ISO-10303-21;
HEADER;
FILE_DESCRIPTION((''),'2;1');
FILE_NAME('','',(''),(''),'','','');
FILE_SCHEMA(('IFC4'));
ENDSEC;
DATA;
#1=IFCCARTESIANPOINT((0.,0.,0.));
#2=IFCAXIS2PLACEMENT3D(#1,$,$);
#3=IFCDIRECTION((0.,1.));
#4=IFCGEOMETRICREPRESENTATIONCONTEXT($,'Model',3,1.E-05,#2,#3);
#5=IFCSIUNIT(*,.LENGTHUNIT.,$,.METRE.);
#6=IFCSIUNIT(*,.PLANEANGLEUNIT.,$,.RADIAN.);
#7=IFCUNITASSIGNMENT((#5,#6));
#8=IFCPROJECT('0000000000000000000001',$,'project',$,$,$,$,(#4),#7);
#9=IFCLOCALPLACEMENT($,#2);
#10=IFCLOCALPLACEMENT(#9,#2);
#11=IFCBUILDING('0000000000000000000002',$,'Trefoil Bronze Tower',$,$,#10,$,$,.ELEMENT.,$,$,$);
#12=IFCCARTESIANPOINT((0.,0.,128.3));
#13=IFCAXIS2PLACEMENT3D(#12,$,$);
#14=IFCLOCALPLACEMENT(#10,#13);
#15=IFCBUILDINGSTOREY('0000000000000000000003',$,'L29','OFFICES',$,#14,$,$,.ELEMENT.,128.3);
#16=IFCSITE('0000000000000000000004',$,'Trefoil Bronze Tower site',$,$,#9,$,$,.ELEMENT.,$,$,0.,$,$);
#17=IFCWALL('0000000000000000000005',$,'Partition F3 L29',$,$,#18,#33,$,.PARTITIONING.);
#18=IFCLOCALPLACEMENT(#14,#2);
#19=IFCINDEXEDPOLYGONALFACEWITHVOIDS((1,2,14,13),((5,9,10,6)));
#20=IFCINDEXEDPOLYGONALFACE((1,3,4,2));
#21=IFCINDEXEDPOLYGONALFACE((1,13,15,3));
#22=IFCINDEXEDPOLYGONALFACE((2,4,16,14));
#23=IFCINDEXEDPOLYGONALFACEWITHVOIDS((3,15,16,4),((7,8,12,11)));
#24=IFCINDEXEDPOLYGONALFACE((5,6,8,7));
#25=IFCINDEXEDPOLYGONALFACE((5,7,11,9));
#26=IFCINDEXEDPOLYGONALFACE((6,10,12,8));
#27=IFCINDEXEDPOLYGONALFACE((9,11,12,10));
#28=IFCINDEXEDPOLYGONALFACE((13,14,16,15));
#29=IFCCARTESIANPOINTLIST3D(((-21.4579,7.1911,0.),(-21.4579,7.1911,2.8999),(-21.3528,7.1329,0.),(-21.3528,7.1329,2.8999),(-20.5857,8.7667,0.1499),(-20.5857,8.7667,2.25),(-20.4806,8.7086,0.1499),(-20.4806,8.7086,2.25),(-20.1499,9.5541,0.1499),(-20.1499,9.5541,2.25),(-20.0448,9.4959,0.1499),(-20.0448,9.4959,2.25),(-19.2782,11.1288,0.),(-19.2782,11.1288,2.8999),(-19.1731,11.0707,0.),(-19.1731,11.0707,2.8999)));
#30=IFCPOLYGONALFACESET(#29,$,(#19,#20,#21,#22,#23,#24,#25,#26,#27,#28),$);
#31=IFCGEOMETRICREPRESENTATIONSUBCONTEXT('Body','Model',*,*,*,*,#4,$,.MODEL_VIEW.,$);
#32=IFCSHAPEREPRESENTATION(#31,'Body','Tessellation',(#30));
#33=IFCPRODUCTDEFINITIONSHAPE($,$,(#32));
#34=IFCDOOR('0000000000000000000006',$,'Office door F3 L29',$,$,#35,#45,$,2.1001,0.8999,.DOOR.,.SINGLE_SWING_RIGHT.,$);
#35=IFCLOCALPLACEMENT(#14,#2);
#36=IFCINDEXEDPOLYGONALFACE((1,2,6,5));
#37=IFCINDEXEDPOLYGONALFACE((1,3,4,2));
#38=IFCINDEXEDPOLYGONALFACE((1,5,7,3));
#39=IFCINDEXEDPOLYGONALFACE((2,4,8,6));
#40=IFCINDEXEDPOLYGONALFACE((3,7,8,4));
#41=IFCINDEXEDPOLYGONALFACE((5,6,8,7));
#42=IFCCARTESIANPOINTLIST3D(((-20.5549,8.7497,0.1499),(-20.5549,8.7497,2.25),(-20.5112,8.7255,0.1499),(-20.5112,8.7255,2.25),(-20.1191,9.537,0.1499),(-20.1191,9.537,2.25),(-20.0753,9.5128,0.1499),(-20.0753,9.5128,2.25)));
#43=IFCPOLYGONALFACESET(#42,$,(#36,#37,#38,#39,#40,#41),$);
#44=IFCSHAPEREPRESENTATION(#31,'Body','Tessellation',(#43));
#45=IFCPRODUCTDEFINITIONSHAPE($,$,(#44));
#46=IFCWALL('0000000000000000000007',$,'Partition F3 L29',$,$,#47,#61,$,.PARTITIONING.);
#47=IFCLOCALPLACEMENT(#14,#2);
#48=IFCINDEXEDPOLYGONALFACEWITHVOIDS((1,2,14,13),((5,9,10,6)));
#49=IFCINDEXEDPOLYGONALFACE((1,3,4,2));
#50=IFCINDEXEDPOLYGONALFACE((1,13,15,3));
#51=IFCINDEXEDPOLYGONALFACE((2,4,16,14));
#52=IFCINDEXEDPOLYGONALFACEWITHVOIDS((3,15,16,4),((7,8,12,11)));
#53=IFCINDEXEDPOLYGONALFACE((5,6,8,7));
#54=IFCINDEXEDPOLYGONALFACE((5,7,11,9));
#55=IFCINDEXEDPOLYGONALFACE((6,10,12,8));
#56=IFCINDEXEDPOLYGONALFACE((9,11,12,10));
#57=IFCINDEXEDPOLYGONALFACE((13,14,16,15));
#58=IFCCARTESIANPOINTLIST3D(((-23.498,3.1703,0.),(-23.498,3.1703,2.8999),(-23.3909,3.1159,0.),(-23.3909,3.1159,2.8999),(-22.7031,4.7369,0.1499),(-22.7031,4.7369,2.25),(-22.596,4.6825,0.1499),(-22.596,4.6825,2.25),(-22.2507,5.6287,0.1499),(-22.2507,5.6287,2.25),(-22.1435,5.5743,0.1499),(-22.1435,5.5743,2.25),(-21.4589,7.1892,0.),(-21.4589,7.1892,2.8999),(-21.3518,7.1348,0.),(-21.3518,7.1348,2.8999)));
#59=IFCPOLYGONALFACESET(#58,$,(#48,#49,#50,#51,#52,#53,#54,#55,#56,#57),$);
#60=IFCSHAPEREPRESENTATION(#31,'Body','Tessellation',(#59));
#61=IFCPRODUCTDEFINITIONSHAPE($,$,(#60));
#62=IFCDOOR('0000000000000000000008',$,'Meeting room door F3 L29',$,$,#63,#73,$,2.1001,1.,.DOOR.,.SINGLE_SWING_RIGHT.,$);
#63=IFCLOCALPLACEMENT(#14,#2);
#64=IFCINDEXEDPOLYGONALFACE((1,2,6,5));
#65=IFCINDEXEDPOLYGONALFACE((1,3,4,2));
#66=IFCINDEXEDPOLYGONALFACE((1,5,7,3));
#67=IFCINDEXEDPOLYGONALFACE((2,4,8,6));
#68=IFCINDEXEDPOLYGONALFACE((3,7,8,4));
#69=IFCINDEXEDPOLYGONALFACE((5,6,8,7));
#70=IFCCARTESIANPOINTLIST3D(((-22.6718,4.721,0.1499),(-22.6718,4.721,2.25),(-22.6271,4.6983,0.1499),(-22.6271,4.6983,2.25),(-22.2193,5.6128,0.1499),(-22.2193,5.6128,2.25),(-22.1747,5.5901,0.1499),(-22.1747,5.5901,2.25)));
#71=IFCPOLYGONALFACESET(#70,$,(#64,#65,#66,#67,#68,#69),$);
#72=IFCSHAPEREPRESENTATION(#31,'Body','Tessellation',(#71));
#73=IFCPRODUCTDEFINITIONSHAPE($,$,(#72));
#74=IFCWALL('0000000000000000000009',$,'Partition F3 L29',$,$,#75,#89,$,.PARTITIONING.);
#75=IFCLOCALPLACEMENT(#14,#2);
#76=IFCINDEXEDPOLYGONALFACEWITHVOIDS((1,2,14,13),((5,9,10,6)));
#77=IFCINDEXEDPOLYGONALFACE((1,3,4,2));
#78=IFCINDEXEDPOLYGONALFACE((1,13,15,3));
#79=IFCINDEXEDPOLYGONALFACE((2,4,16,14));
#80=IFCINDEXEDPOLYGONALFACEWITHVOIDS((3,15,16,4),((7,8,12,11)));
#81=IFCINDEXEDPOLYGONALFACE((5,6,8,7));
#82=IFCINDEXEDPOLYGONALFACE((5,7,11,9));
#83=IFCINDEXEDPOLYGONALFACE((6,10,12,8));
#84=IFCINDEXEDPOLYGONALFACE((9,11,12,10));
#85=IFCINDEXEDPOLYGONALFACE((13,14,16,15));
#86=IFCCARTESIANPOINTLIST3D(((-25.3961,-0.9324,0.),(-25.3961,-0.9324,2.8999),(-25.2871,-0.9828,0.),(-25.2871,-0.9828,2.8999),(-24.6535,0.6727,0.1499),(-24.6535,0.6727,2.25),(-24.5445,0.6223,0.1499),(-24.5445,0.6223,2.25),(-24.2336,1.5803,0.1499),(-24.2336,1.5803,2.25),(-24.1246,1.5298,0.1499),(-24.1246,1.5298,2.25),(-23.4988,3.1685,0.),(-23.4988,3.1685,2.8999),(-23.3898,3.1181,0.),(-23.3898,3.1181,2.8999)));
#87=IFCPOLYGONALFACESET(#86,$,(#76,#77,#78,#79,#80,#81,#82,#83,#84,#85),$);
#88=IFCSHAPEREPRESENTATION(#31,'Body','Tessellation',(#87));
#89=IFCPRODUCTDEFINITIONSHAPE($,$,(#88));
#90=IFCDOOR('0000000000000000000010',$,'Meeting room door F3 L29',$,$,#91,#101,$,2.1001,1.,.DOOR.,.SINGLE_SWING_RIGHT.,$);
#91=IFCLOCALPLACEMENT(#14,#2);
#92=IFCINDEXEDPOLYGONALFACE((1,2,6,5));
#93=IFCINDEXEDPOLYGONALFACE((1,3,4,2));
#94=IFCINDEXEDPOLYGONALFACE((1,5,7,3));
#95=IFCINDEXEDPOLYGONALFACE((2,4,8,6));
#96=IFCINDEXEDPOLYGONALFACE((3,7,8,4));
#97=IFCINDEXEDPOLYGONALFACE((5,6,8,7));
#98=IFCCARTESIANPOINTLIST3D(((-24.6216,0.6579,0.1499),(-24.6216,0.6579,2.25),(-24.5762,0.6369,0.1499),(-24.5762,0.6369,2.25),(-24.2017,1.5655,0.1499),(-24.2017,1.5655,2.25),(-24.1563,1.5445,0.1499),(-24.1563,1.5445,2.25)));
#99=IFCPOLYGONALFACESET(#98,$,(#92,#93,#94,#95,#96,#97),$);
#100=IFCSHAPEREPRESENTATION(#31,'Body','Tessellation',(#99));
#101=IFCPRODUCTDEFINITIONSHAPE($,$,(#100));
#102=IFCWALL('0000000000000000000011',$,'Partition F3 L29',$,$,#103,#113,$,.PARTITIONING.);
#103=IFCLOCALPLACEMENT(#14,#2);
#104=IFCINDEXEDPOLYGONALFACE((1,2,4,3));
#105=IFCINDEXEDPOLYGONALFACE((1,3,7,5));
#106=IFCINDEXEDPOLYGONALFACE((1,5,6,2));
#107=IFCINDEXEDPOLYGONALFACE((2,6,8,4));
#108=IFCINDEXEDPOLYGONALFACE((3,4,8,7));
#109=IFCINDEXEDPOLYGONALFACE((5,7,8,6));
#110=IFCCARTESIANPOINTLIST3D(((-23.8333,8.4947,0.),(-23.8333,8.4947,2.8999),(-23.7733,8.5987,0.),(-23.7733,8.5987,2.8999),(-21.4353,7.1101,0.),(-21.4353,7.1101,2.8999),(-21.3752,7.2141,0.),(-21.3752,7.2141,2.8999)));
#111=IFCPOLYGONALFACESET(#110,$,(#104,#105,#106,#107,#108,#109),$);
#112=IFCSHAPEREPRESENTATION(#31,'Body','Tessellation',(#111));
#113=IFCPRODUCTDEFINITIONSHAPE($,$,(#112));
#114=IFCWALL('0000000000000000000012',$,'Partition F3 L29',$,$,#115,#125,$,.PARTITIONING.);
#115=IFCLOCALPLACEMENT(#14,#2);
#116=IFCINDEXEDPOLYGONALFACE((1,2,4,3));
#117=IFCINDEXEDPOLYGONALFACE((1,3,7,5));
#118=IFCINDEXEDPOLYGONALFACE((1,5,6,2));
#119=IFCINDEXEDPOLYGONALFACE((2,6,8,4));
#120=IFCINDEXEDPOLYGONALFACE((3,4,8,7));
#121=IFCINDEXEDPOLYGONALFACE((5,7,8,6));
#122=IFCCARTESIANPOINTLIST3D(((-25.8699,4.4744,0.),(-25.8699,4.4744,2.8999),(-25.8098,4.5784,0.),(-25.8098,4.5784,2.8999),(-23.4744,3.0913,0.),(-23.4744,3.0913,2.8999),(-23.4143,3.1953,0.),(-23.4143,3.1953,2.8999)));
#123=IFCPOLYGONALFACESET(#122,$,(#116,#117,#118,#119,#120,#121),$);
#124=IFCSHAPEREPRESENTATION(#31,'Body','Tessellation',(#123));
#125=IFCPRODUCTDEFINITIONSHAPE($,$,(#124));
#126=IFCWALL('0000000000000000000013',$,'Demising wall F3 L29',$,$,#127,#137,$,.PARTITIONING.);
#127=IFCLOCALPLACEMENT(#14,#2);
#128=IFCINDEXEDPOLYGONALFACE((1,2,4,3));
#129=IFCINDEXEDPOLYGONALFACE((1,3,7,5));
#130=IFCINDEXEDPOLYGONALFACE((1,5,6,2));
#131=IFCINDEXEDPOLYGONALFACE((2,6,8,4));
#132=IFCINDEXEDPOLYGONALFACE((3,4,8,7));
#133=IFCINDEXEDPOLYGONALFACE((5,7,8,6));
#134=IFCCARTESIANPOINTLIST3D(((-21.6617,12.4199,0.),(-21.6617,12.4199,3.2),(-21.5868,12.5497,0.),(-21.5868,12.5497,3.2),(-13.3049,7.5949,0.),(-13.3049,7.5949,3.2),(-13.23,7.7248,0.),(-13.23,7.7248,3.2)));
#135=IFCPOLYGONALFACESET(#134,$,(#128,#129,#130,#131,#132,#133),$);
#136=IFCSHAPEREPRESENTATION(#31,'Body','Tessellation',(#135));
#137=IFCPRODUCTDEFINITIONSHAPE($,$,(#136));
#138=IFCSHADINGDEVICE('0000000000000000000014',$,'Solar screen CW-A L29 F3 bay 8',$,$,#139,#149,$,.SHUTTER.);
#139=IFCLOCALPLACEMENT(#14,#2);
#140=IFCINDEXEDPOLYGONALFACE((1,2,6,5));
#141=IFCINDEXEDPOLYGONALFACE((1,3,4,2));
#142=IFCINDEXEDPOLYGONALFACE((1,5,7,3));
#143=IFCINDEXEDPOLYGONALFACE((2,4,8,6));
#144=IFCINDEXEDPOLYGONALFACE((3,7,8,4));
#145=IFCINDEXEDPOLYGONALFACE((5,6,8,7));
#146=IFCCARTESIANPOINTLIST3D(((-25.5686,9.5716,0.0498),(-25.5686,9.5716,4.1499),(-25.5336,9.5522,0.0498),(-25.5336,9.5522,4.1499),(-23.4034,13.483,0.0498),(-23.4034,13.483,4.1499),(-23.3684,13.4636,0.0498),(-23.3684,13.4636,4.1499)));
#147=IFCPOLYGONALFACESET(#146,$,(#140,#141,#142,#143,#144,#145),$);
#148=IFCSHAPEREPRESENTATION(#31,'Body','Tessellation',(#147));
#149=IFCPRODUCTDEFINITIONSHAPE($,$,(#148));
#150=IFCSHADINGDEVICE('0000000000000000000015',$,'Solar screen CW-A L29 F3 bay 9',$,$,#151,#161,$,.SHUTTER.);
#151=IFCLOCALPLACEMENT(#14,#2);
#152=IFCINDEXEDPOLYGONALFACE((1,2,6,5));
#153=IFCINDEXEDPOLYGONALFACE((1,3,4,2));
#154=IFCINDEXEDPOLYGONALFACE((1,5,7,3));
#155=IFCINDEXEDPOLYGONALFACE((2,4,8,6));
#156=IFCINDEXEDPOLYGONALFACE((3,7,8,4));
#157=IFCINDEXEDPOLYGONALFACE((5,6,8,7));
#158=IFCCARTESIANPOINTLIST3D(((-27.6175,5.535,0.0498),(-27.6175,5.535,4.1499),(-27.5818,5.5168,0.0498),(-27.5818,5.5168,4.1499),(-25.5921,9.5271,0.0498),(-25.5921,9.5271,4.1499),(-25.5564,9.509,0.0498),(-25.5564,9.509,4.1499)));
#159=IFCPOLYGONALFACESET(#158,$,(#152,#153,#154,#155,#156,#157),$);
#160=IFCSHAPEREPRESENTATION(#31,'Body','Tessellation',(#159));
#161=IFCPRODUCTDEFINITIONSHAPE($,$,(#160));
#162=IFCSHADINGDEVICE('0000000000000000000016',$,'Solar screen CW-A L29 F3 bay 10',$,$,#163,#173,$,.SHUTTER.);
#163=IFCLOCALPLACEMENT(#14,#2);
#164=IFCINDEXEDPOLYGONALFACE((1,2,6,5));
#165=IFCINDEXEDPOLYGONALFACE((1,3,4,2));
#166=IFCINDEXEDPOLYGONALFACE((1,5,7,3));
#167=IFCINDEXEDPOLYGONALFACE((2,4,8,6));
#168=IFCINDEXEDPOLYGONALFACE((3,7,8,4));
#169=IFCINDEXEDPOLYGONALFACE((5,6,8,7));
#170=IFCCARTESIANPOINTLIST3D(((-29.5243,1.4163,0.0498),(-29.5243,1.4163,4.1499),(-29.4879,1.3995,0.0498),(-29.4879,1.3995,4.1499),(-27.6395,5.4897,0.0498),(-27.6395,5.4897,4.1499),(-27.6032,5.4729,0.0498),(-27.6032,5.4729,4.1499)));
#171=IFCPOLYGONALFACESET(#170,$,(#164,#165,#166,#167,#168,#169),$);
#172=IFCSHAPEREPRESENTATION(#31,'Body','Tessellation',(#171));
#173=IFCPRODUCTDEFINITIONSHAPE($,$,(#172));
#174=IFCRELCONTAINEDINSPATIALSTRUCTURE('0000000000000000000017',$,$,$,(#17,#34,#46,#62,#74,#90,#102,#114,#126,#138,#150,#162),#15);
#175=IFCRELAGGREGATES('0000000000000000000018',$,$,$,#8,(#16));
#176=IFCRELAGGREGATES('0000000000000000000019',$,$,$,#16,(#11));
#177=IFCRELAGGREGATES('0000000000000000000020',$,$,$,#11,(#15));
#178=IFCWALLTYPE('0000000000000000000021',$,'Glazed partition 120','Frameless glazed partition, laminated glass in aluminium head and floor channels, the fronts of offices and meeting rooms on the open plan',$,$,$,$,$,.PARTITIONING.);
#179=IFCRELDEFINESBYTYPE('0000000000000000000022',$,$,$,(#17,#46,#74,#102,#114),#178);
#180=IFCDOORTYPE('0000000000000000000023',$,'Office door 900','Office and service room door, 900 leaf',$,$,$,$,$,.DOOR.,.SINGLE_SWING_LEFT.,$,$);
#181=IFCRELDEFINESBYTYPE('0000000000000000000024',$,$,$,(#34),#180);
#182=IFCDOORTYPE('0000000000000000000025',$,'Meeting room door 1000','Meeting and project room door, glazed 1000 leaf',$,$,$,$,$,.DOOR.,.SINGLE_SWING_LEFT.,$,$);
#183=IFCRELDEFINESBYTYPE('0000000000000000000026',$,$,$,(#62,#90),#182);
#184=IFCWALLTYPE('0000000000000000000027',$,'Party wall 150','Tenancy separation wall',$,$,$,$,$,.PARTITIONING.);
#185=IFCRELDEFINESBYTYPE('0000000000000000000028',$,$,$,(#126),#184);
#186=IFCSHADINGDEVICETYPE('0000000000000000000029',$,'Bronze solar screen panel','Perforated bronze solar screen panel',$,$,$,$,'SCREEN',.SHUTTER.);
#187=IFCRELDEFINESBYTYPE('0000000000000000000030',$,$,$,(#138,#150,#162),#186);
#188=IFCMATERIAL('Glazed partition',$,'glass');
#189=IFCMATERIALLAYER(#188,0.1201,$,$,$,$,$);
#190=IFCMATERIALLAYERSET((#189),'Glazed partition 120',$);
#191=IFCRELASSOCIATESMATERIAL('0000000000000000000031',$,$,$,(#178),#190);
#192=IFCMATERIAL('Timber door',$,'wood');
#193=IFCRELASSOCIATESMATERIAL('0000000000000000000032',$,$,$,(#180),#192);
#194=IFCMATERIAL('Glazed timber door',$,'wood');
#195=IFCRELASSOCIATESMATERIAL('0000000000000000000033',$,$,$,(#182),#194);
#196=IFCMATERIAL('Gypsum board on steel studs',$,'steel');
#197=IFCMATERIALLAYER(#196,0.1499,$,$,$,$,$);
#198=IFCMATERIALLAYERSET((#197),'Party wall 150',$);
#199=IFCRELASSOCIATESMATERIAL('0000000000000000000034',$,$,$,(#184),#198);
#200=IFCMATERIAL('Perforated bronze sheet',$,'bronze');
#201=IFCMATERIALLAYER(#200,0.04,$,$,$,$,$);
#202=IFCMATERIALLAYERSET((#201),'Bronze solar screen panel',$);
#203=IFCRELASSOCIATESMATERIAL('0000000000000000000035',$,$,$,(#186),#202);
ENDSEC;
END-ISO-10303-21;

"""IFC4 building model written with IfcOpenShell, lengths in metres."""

from ifc_helpers import new_model, si_unit, direction, frame, frame_2d, origin, origin_2d, place, context, subcontext, project, spatial, rectangle, extrude, material, layer, layer_set, type_object, element, fill, save


model = new_model("IFC4")

# Units and contexts
model_context = context("Model", 3, precision=1e-05, world=origin(), true_north=direction((0.0, 1.0)))
body_context = subcontext(model_context, "Body", "Model", "MODEL_VIEW")
ifc_project = project(units=[si_unit("LENGTHUNIT", "METRE"), si_unit("PLANEANGLEUNIT", "RADIAN")], contexts=[model_context])

# Site, building, storey
site_placement = place(None, origin())
site = spatial("IfcSite", under=ifc_project, at=site_placement, Name="Trefoil Bronze Tower site", CompositionType="ELEMENT", RefElevation=0.0)
building_placement = place(site_placement, origin())
building = spatial("IfcBuilding", under=site, at=building_placement, Name="Trefoil Bronze Tower", CompositionType="ELEMENT")
storey_placement = place(building_placement, frame((0.0, 0.0, 128.3)))
storey = spatial("IfcBuildingStorey", under=building, at=storey_placement, Name="L29", Description="OFFICES", CompositionType="ELEMENT", Elevation=128.3)

# Walls, openings, doors
ifc_material_1 = material(Name="Glazed partition", Category="glass")
ifc_layer_1 = layer(ifc_material_1, 0.1201)
ifc_layer_set_1 = layer_set([ifc_layer_1], Name="Glazed partition 120")
wall_type_1 = type_object("IfcWallType", Name="Glazed partition 120", Description="Frameless glazed partition, laminated glass in aluminium head and floor channels, the fronts of offices and meeting rooms on the open plan", PredefinedType="PARTITIONING", material=ifc_layer_set_1)
wall_1_placement = place(storey_placement, frame((-19.2256, 11.0999, 0.0), z_axis=(0.0, 0.0, 1.0), x_axis=(-0.484293, -0.874906, 0.0)))
wall_1 = element("IfcWall", 1, at=wall_1_placement, inside=storey, type_object=wall_type_1, Name="Partition F3 L29", PredefinedType="PARTITIONING", context=body_context, shape_type="SweptSolid", body=[
    extrude(rectangle(XDim=4.5007, YDim=0.1201, at=frame_2d((2.2505, 0.0))), origin(), (0.0, 0.0, 1.0), 2.8999),
])
opening_1_placement = place(wall_1_placement, frame((1.8, 0.0, 0.1499)))
opening_1 = element("IfcOpeningElement", 2, at=opening_1_placement, cuts=wall_1, PredefinedType="OPENING", context=body_context, shape_type="SweptSolid", body=[
    extrude(rectangle(XDim=0.8999, YDim=2.1001, at=frame_2d((0.45, 1.05))), frame((0.0, 0.0701, 0.0), z_axis=(0.0, -1.0, 0.0), x_axis=(1.0, 0.0, 0.0)), (0.0, 0.0, 1.0), 0.1401),
])
ifc_material_2 = material(Name="Timber door", Category="wood")
door_type_1 = type_object("IfcDoorType", Name="Office door 900", Description="Office and service room door, 900 leaf", OperationType="SINGLE_SWING_LEFT", PredefinedType="DOOR", material=ifc_material_2)
door_1_placement = place(opening_1_placement, frame((0.8999, 0.0, 0.0), z_axis=(0.0, 0.0, 1.0), x_axis=(-1.0, 0.0, 0.0)))
door_1 = element("IfcDoor", 3, at=door_1_placement, inside=storey, type_object=door_type_1, Name="Office door F3 L29", OperationType="SINGLE_SWING_RIGHT", OverallHeight=2.1001, OverallWidth=0.8999, PredefinedType="DOOR", context=body_context, shape_type="SweptSolid", body=[
    extrude(rectangle(XDim=0.8999, YDim=2.1001, at=frame_2d((0.45, 1.05))), frame((0.0, 0.0249, 0.0), z_axis=(0.0, -1.0, 0.0), x_axis=(1.0, 0.0, 0.0)), (0.0, 0.0, 1.0), 0.05),
])
fill(opening_1, door_1)
wall_2_placement = place(storey_placement, frame((-21.4053, 7.1621, 0.0), z_axis=(0.0, 0.0, 1.0), x_axis=(-0.452472, -0.891779, 0.0)))
wall_2 = element("IfcWall", 4, at=wall_2_placement, inside=storey, type_object=wall_type_1, Name="Partition F3 L29", PredefinedType="PARTITIONING", context=body_context, shape_type="SweptSolid", body=[
    extrude(rectangle(XDim=4.5066, YDim=0.1201, at=frame_2d((2.2534, 0.0))), origin(), (0.0, 0.0, 1.0), 2.8999),
])
opening_2_placement = place(wall_2_placement, frame((1.75, 0.0, 0.1499)))
opening_2 = element("IfcOpeningElement", 5, at=opening_2_placement, cuts=wall_2, PredefinedType="OPENING", context=body_context, shape_type="SweptSolid", body=[
    extrude(rectangle(XDim=1.0, YDim=2.1001, at=frame_2d((0.5, 1.05))), frame((0.0, 0.0701, 0.0), z_axis=(0.0, -1.0, 0.0), x_axis=(1.0, 0.0, 0.0)), (0.0, 0.0, 1.0), 0.1401),
])
ifc_material_3 = material(Name="Glazed timber door", Category="wood")
door_type_2 = type_object("IfcDoorType", Name="Meeting room door 1000", Description="Meeting and project room door, glazed 1000 leaf", OperationType="SINGLE_SWING_LEFT", PredefinedType="DOOR", material=ifc_material_3)
door_2_placement = place(opening_2_placement, frame((1.0, 0.0, 0.0), z_axis=(0.0, 0.0, 1.0), x_axis=(-1.0, 0.0, 0.0)))
door_2 = element("IfcDoor", 6, at=door_2_placement, inside=storey, type_object=door_type_2, Name="Meeting room door F3 L29", OperationType="SINGLE_SWING_RIGHT", OverallHeight=2.1001, OverallWidth=1.0, PredefinedType="DOOR", context=body_context, shape_type="SweptSolid", body=[
    extrude(rectangle(XDim=1.0, YDim=2.1001, at=frame_2d((0.5, 1.05))), frame((0.0, 0.0249, 0.0), z_axis=(0.0, -1.0, 0.0), x_axis=(1.0, 0.0, 0.0)), (0.0, 0.0, 1.0), 0.05),
])
fill(opening_2, door_2)
wall_3_placement = place(storey_placement, frame((-23.4443, 3.1433, 0.0), z_axis=(0.0, 0.0, 1.0), x_axis=(-0.419884, -0.907578, 0.0)))
wall_3 = element("IfcWall", 7, at=wall_3_placement, inside=storey, type_object=wall_type_1, Name="Partition F3 L29", PredefinedType="PARTITIONING", context=body_context, shape_type="SweptSolid", body=[
    extrude(rectangle(XDim=4.5186, YDim=0.1201, at=frame_2d((2.2593, 0.0))), origin(), (0.0, 0.0, 1.0), 2.8999),
])
opening_3_placement = place(wall_3_placement, frame((1.75, 0.0, 0.1499)))
opening_3 = element("IfcOpeningElement", 8, at=opening_3_placement, cuts=wall_3, PredefinedType="OPENING", context=body_context, shape_type="SweptSolid", body=[
    extrude(rectangle(XDim=1.0, YDim=2.1001, at=frame_2d((0.5, 1.05))), frame((0.0, 0.0701, 0.0), z_axis=(0.0, -1.0, 0.0), x_axis=(1.0, 0.0, 0.0)), (0.0, 0.0, 1.0), 0.1401),
])
door_3_placement = place(opening_3_placement, frame((1.0, 0.0, 0.0), z_axis=(0.0, 0.0, 1.0), x_axis=(-1.0, 0.0, 0.0)))
door_3 = element("IfcDoor", 9, at=door_3_placement, inside=storey, type_object=door_type_2, Name="Meeting room door F3 L29", OperationType="SINGLE_SWING_RIGHT", OverallHeight=2.1001, OverallWidth=1.0, PredefinedType="DOOR", context=body_context, shape_type="SweptSolid", body=[
    extrude(rectangle(XDim=1.0, YDim=2.1001, at=frame_2d((0.5, 1.05))), frame((0.0, 0.0249, 0.0), z_axis=(0.0, -1.0, 0.0), x_axis=(1.0, 0.0, 0.0)), (0.0, 0.0, 1.0), 0.05),
])
fill(opening_3, door_3)

# Walls
wall_4_placement = place(storey_placement, frame((-21.4053, 7.1621, 0.0), z_axis=(0.0, 0.0, 1.0), x_axis=(-0.866015, 0.500018, 0.0)))
element("IfcWall", 10, at=wall_4_placement, inside=storey, type_object=wall_type_1, Name="Partition F3 L29", PredefinedType="PARTITIONING", context=body_context, shape_type="SweptSolid", body=[
    extrude(rectangle(XDim=2.769, YDim=0.1201, at=frame_2d((1.3845, 0.0))), origin(), (0.0, 0.0, 1.0), 2.8999),
])
wall_5_placement = place(storey_placement, frame((-23.4443, 3.1433, 0.0), z_axis=(0.0, 0.0, 1.0), x_axis=(-0.866024, 0.500003, 0.0)))
element("IfcWall", 11, at=wall_5_placement, inside=storey, type_object=wall_type_1, Name="Partition F3 L29", PredefinedType="PARTITIONING", context=body_context, shape_type="SweptSolid", body=[
    extrude(rectangle(XDim=2.7661, YDim=0.1201, at=frame_2d((1.3831, 0.0))), origin(), (0.0, 0.0, 1.0), 2.8999),
])
ifc_material_4 = material(Name="Gypsum board on steel studs", Category="steel")
ifc_layer_2 = layer(ifc_material_4, 0.1499)
ifc_layer_set_2 = layer_set([ifc_layer_2], Name="Party wall 150")
wall_type_2 = type_object("IfcWallType", Name="Party wall 150", Description="Tenancy separation wall", PredefinedType="PARTITIONING", material=ifc_layer_set_2)
wall_6_placement = place(storey_placement, frame((-13.2676, 7.6599, 0.0), z_axis=(0.0, 0.0, 1.0), x_axis=(-0.866016, 0.500017, 0.0)))
element("IfcWall", 12, at=wall_6_placement, inside=storey, type_object=wall_type_2, Name="Demising wall F3 L29", PredefinedType="PARTITIONING", context=body_context, shape_type="SweptSolid", body=[
    extrude(rectangle(XDim=9.6497, YDim=0.1499, at=frame_2d((4.8247, 0.0))), origin(), (0.0, 0.0, 1.0), 3.2),
])

# Shading devices
ifc_material_5 = material(Name="Perforated bronze sheet", Category="bronze")
ifc_layer_3 = layer(ifc_material_5, 0.04)
ifc_layer_set_3 = layer_set([ifc_layer_3], Name="Bronze solar screen panel")
shading_device_type = type_object("IfcShadingDeviceType", Name="Bronze solar screen panel", Description="Perforated bronze solar screen panel", ElementType="SCREEN", PredefinedType="SHUTTER", material=ifc_layer_set_3)
shading_device_1_placement = place(storey_placement, frame((-24.4685, 11.5176, 0.0498), z_axis=(0.0, 0.0, 1.0), x_axis=(-0.484312, -0.874895, 0.0)))
element("IfcShadingDevice", 13, at=shading_device_1_placement, inside=storey, type_object=shading_device_type, Name="Solar screen CW-A L29 F3 bay 8", PredefinedType="SHUTTER", context=body_context, shape_type="SweptSolid", body=[
    extrude(rectangle(XDim=4.4707, YDim=0.04, at=origin_2d()), origin(), (0.0, 0.0, 1.0), 4.1001),
])
shading_device_2_placement = place(storey_placement, frame((-26.5869, 7.522, 0.0498), z_axis=(0.0, 0.0, 1.0), x_axis=(-0.452449, -0.89179, 0.0)))
element("IfcShadingDevice", 14, at=shading_device_2_placement, inside=storey, type_object=shading_device_type, Name="Solar screen CW-A L29 F3 bay 9", PredefinedType="SHUTTER", context=body_context, shape_type="SweptSolid", body=[
    extrude(rectangle(XDim=4.4766, YDim=0.04, at=origin_2d()), origin(), (0.0, 0.0, 1.0), 4.1001),
])
shading_device_3_placement = place(storey_placement, frame((-28.5637, 3.4446, 0.0498), z_axis=(0.0, 0.0, 1.0), x_axis=(-0.419933, -0.907555, 0.0)))
element("IfcShadingDevice", 15, at=shading_device_3_placement, inside=storey, type_object=shading_device_type, Name="Solar screen CW-A L29 F3 bay 10", PredefinedType="SHUTTER", context=body_context, shape_type="SweptSolid", body=[
    extrude(rectangle(XDim=4.4883, YDim=0.04, at=origin_2d()), origin(), (0.0, 0.0, 1.0), 4.1001),
])

save(model, "model.ifc")
